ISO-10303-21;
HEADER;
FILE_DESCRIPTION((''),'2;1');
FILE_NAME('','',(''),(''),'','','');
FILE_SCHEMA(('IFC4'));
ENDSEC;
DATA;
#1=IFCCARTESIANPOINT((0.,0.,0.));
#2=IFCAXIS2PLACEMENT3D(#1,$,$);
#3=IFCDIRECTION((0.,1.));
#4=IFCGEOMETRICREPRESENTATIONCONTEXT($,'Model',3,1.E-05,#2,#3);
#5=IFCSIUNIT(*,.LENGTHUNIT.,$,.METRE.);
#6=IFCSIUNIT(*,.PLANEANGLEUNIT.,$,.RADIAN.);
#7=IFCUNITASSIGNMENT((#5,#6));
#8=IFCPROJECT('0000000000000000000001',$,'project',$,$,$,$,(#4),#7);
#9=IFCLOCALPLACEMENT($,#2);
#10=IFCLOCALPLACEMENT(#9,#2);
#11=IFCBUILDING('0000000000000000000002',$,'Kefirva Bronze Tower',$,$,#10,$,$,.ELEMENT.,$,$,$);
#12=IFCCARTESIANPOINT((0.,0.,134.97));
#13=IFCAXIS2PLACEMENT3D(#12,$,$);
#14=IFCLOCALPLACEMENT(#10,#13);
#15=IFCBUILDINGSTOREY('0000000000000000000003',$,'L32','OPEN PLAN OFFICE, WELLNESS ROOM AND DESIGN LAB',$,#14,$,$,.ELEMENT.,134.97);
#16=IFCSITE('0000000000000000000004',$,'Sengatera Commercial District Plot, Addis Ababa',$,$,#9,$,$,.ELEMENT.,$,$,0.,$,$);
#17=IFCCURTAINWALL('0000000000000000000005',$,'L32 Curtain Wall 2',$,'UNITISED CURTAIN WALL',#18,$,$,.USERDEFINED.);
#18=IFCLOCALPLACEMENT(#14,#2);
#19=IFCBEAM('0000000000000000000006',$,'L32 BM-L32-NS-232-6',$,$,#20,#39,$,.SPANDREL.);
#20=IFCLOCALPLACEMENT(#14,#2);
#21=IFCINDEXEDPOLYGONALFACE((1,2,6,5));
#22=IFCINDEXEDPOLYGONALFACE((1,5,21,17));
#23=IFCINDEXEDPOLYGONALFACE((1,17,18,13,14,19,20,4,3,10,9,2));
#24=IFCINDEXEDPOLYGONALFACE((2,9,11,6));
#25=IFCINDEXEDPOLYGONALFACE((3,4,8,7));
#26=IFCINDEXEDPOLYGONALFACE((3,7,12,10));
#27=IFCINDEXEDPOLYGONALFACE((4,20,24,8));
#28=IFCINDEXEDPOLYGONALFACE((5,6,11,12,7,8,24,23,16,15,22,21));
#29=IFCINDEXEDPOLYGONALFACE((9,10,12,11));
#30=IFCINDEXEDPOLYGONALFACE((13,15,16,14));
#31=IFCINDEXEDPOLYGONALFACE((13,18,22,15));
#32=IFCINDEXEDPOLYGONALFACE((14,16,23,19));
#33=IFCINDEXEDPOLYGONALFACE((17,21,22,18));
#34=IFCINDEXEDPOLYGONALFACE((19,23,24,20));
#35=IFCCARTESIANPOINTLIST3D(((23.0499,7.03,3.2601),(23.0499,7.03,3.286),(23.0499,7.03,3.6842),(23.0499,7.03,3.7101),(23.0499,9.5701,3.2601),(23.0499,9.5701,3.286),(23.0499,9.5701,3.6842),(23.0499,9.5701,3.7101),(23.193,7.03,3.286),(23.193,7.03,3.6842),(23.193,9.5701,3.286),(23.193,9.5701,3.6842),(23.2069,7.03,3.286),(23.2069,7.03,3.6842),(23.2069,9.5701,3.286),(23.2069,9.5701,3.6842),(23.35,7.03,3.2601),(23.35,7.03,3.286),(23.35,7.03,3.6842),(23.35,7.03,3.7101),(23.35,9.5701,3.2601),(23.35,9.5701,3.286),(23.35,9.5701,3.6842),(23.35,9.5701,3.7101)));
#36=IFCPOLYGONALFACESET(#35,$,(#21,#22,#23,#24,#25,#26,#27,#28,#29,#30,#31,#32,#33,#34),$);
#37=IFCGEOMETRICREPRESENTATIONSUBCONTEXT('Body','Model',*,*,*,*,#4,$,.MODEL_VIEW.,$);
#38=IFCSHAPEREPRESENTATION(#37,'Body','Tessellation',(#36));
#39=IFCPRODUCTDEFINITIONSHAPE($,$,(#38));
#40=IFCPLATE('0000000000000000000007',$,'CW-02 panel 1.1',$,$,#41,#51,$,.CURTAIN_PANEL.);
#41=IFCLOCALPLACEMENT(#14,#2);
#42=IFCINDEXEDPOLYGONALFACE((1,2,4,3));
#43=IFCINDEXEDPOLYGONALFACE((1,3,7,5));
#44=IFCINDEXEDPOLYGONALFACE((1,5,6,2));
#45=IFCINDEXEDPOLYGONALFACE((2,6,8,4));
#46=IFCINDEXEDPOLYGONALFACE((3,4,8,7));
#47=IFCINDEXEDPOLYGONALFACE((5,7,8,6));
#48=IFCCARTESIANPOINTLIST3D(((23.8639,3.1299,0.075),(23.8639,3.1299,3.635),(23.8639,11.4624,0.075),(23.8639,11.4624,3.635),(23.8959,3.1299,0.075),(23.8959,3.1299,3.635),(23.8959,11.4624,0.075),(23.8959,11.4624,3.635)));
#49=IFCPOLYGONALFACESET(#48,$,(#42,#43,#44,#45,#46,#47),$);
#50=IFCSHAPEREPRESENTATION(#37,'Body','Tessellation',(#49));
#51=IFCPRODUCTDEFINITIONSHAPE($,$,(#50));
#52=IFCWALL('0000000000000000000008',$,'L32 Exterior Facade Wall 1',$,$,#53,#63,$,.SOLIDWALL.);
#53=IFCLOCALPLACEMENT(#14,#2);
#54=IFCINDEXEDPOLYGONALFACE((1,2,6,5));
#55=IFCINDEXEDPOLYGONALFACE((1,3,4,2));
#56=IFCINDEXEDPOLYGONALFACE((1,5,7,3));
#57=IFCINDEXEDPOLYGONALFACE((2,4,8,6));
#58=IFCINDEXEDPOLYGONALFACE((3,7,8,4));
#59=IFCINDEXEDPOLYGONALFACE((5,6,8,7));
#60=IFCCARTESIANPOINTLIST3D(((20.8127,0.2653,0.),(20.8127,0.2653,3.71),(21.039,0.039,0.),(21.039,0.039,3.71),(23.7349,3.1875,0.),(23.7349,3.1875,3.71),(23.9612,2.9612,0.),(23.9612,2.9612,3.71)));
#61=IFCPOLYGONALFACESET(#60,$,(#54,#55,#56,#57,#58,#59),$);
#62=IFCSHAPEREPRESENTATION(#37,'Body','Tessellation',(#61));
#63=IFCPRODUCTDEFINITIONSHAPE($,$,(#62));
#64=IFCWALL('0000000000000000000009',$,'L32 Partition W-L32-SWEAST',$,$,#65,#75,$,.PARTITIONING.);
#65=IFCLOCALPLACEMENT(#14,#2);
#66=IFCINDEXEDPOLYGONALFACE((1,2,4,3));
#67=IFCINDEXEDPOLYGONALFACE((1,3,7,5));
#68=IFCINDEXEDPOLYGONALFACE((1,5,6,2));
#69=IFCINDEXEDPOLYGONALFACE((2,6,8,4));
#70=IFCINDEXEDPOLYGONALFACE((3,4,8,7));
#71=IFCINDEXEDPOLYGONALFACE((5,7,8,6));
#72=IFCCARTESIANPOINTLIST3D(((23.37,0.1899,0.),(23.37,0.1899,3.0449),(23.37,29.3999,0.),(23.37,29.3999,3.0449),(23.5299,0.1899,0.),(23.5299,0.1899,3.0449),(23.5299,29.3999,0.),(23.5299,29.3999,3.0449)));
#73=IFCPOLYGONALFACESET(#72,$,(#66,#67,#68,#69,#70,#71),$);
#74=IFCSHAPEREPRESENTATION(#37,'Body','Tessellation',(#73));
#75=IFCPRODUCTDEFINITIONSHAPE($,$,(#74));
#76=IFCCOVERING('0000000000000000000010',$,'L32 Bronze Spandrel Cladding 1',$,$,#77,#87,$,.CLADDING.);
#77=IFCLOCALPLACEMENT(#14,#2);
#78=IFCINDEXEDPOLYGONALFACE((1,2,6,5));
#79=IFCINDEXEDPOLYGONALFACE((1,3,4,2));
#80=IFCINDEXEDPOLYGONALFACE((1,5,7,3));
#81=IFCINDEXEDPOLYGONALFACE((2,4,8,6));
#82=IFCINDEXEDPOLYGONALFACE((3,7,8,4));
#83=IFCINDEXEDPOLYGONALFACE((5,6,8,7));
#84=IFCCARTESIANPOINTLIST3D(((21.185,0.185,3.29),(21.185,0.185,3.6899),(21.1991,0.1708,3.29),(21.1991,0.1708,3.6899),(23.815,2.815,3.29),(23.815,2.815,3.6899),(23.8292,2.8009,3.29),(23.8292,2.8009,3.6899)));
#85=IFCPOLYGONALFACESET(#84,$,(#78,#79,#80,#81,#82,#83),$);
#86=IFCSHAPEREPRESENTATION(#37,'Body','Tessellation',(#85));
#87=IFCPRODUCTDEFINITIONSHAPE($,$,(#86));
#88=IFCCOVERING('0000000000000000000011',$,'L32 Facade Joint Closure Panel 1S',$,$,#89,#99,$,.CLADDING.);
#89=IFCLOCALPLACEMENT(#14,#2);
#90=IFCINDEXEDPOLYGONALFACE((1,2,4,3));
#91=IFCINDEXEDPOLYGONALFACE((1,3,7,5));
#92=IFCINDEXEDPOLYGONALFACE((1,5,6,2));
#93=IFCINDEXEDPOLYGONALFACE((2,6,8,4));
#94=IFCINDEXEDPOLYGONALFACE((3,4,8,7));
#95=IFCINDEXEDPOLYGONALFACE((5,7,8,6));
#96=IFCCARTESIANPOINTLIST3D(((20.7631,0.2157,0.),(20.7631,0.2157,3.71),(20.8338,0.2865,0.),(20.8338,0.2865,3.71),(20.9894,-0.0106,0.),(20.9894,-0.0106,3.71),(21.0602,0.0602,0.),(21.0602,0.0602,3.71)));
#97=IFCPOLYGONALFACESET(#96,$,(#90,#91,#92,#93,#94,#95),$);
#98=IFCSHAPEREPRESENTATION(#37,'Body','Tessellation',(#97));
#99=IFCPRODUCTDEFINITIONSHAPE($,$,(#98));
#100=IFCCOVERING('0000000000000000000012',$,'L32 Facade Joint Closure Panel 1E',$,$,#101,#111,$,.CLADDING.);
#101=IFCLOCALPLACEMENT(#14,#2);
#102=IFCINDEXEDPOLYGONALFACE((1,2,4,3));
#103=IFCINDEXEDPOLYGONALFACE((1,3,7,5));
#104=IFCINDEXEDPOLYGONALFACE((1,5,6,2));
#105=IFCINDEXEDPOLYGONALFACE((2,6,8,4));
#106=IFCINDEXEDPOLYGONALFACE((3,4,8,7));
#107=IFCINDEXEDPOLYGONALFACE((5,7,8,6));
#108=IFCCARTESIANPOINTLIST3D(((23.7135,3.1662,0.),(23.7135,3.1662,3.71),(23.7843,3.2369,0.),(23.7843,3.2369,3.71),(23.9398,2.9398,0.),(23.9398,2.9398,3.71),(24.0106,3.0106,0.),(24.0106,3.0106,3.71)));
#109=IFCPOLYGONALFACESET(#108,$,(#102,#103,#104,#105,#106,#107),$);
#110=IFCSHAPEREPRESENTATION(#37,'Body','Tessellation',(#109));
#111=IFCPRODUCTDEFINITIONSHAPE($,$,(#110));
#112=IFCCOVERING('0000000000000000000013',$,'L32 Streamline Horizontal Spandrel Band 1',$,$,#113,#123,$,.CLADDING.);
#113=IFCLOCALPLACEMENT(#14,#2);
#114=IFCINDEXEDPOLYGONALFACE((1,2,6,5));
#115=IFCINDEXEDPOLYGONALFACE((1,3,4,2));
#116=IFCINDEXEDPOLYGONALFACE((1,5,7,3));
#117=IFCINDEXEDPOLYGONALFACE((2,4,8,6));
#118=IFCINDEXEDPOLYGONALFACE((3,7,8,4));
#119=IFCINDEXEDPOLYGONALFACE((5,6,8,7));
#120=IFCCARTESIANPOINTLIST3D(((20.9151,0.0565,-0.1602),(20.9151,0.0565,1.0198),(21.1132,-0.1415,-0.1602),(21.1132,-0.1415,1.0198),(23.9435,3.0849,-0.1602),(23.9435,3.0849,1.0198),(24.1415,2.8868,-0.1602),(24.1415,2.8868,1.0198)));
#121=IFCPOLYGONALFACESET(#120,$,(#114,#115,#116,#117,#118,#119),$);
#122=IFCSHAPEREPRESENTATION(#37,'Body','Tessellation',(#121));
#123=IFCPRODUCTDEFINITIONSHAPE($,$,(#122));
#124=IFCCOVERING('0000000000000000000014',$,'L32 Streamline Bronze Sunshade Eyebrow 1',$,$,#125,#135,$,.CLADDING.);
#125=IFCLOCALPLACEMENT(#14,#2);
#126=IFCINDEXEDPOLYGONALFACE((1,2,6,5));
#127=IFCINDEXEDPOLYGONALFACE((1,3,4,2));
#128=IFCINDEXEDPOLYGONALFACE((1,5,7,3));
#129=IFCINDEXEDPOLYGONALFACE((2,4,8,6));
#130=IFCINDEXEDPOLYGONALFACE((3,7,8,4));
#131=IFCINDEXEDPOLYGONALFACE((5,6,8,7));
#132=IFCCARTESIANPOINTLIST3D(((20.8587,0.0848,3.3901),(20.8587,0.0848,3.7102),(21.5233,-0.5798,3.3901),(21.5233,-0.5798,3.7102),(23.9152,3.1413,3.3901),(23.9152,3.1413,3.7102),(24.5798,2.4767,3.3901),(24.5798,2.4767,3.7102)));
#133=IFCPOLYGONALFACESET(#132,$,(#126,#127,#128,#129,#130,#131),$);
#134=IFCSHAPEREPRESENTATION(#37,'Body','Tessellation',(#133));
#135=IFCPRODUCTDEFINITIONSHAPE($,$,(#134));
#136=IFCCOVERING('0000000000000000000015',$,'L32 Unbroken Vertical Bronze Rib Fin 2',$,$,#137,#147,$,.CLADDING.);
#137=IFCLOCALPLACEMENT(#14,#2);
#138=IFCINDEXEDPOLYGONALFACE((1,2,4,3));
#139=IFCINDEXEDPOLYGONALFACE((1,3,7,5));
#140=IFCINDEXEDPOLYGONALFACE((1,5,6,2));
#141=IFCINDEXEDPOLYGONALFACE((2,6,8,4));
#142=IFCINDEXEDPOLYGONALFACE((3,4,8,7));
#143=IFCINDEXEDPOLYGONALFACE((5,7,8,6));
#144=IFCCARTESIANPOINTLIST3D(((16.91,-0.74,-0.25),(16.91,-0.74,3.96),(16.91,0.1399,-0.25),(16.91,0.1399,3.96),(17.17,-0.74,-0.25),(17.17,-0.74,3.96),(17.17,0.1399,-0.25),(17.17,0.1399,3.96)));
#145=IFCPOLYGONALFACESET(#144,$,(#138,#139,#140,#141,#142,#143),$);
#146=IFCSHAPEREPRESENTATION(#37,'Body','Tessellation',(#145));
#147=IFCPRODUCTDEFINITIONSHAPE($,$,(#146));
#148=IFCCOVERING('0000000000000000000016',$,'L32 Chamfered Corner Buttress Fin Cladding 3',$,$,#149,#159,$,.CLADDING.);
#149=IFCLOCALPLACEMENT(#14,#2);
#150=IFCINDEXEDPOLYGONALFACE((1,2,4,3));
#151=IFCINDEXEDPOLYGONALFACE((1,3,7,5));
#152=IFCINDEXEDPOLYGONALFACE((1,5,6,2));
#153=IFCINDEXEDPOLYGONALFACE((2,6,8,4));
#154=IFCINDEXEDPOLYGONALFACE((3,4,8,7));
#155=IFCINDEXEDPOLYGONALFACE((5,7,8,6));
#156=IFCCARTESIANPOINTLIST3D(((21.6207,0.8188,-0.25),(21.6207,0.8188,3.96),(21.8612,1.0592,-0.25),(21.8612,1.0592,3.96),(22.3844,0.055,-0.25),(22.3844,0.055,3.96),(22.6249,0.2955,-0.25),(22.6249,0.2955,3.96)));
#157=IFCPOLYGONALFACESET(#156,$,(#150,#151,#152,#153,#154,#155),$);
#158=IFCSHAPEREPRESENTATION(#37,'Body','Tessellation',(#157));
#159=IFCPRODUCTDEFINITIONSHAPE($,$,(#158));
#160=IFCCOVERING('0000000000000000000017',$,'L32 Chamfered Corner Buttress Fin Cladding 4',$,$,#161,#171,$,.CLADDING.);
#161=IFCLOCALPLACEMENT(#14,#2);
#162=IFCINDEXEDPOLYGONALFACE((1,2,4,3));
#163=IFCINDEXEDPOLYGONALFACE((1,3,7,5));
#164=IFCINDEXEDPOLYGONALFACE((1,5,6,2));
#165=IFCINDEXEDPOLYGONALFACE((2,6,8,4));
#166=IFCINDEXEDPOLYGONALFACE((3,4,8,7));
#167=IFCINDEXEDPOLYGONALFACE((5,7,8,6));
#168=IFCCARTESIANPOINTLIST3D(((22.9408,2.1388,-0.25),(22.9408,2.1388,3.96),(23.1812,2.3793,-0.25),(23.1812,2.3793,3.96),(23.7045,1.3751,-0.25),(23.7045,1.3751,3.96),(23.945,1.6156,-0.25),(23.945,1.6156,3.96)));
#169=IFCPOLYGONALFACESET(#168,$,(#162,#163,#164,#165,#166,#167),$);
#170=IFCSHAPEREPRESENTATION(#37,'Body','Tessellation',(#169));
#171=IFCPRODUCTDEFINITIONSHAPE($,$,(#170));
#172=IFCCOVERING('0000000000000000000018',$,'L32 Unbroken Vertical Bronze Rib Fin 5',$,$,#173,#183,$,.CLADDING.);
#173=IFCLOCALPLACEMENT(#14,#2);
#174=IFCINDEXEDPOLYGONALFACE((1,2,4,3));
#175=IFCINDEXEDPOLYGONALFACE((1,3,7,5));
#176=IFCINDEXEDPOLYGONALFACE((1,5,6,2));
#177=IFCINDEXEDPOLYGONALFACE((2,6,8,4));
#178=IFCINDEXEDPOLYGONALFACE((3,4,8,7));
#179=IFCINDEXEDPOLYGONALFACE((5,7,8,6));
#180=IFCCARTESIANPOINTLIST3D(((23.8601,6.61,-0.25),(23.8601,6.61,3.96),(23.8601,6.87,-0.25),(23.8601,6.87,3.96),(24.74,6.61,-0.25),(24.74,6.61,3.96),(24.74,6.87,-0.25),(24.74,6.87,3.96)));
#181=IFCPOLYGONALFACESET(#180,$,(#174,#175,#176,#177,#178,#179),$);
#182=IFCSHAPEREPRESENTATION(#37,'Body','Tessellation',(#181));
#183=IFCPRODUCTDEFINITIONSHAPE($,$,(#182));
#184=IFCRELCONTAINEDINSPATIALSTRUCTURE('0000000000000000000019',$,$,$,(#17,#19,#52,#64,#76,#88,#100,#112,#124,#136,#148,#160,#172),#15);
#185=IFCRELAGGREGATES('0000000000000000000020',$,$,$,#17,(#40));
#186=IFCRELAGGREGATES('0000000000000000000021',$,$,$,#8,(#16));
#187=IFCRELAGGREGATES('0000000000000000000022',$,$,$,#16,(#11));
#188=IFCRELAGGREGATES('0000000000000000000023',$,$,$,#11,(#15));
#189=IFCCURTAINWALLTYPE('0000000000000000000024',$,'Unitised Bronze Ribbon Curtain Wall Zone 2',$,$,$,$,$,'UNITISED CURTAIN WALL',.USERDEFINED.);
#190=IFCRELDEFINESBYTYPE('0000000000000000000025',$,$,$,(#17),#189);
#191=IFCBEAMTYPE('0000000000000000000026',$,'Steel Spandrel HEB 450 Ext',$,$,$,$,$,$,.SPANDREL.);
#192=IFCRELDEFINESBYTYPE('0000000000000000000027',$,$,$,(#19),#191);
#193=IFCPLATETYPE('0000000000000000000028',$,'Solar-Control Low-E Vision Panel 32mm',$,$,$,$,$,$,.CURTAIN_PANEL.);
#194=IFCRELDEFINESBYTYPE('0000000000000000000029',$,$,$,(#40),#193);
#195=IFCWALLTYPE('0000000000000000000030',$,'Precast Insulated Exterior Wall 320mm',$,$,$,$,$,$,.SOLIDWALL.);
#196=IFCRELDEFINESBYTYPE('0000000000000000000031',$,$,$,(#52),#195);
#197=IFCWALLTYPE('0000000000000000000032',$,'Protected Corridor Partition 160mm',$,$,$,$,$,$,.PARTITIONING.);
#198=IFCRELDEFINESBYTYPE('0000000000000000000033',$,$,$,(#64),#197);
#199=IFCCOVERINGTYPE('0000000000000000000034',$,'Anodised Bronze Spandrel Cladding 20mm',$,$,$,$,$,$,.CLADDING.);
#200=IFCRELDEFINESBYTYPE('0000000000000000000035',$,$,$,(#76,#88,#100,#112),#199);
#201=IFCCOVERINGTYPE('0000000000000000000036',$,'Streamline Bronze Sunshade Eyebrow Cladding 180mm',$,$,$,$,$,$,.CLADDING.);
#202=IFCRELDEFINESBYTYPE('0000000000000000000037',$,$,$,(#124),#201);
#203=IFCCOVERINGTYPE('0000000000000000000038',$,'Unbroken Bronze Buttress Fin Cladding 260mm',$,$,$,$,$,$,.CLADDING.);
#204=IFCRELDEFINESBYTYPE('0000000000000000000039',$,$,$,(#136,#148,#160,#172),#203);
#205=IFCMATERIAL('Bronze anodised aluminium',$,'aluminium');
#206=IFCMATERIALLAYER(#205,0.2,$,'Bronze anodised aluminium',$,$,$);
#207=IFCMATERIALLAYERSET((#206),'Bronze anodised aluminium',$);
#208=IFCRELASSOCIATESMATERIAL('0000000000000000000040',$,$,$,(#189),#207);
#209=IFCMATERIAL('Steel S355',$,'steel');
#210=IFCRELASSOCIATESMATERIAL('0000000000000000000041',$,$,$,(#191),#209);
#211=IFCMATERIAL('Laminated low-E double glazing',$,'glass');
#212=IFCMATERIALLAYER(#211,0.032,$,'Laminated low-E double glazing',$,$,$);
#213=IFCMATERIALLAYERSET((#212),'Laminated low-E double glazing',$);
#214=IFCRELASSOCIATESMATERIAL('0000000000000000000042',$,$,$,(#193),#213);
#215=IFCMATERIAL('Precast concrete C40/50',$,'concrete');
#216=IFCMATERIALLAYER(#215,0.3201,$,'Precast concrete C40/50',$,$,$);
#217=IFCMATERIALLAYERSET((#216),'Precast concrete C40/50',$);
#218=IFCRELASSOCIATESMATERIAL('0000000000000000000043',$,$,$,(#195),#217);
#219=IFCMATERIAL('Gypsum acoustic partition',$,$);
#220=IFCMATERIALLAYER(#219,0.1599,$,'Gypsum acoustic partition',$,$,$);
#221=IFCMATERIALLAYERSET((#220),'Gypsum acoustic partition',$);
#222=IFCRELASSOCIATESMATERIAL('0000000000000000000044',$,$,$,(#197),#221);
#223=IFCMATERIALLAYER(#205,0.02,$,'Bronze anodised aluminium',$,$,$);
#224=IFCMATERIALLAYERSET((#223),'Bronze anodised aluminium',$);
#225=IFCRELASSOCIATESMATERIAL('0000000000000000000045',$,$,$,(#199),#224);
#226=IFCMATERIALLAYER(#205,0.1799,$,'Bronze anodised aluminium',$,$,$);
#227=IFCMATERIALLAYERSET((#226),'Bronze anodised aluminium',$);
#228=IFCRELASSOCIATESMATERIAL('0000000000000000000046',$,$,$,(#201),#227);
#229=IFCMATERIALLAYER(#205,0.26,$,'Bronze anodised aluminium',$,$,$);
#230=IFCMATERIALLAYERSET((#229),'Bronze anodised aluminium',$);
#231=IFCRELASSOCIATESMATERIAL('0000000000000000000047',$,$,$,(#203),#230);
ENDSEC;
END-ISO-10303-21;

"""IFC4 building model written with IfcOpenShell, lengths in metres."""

from ifc_helpers import new_model, si_unit, direction, frame, frame_2d, origin, origin_2d, place, context, subcontext, project, spatial, rectangle, i_section, extrude, material, layer, layer_set, material_profile, profile_set, type_object, element, aggregate, save


model = new_model("IFC4")

# Units and contexts
model_context = context("Model", 3, precision=1e-05, world=origin(), true_north=direction((0.0, 1.0)))
body_context = subcontext(model_context, "Body", "Model", "MODEL_VIEW")
ifc_project = project(units=[si_unit("LENGTHUNIT", "METRE"), si_unit("PLANEANGLEUNIT", "RADIAN")], contexts=[model_context])

# Site, building, storey
site_placement = place(None, origin())
site = spatial("IfcSite", under=ifc_project, at=site_placement, Name="Sengatera Commercial District Plot, Addis Ababa", CompositionType="ELEMENT", RefElevation=0.0)
building_placement = place(site_placement, origin())
building = spatial("IfcBuilding", under=site, at=building_placement, Name="Kefirva Bronze Tower", CompositionType="ELEMENT")
storey_placement = place(building_placement, frame((0.0, 0.0, 134.97)))
storey = spatial("IfcBuildingStorey", under=building, at=storey_placement, Name="L32", Description="OPEN PLAN OFFICE, WELLNESS ROOM AND DESIGN LAB", CompositionType="ELEMENT", Elevation=134.97)

# Shared definitions
ifc_material_1 = material(Name="Bronze anodised aluminium", Category="aluminium")
ifc_layer_1 = layer(ifc_material_1, 0.2, Name="Bronze anodised aluminium")
ifc_layer_set_1 = layer_set([ifc_layer_1], Name="Bronze anodised aluminium")
curtain_wall_type = type_object("IfcCurtainWallType", Name="Unitised Bronze Ribbon Curtain Wall Zone 2", ElementType="UNITISED CURTAIN WALL", PredefinedType="USERDEFINED", material=ifc_layer_set_1)

# Curtain wall
curtain_wall_1_placement = place(storey_placement, origin())
curtain_wall_1 = element("IfcCurtainWall", 1, at=curtain_wall_1_placement, inside=storey, type_object=curtain_wall_type, Name="L32 Curtain Wall 2", ObjectType="UNITISED CURTAIN WALL", PredefinedType="USERDEFINED")

# Beam
ifc_material_2 = material(Name="Steel S355", Category="steel")
ifc_material_profile_1 = material_profile(ifc_material_2, i_section(OverallWidth=0.3, OverallDepth=0.45, WebThickness=0.0139, FlangeThickness=0.0259, at=origin_2d()), Name="HEB 450")
ifc_profile_set_1 = profile_set([ifc_material_profile_1], Name="Steel S355")
beam_type_1 = type_object("IfcBeamType", Name="Steel Spandrel HEB 450 Ext", PredefinedType="SPANDREL", material=ifc_profile_set_1)
beam_1_placement = place(storey_placement, frame((23.2, 7.03, 3.4851), z_axis=(0.0, 1.0, 0.0), x_axis=(-1.0, 0.0, 0.0)))
element("IfcBeam", 2, at=beam_1_placement, inside=storey, type_object=beam_type_1, Name="L32 BM-L32-NS-232-6", PredefinedType="SPANDREL", context=body_context, shape_type="SweptSolid", body=[
    extrude(i_section(OverallWidth=0.3, OverallDepth=0.45, WebThickness=0.0139, FlangeThickness=0.0259, at=origin_2d()), origin(), (0.0, 0.0, 1.0), 2.54),
])

# Plate
ifc_material_3 = material(Name="Laminated low-E double glazing", Category="glass")
ifc_layer_2 = layer(ifc_material_3, 0.032, Name="Laminated low-E double glazing")
ifc_layer_set_2 = layer_set([ifc_layer_2], Name="Laminated low-E double glazing")
plate_type = type_object("IfcPlateType", Name="Solar-Control Low-E Vision Panel 32mm", PredefinedType="CURTAIN_PANEL", material=ifc_layer_set_2)
plate_placement = place(storey_placement, frame((23.8799, 7.2961, 0.075), z_axis=(0.0, 0.0, 1.0), x_axis=(0.0, 1.0, 0.0)))
plate = element("IfcPlate", 3, at=plate_placement, type_object=plate_type, Name="CW-02 panel 1.1", PredefinedType="CURTAIN_PANEL", context=body_context, shape_type="SweptSolid", body=[
    extrude(rectangle(XDim=8.3325, YDim=0.032, at=origin_2d()), origin(), (0.0, 0.0, 1.0), 3.5601),
])
aggregate(curtain_wall_1, [plate])

# Walls
ifc_material_4 = material(Name="Precast concrete C40/50", Category="concrete")
ifc_layer_3 = layer(ifc_material_4, 0.3201, Name="Precast concrete C40/50")
ifc_layer_set_3 = layer_set([ifc_layer_3], Name="Precast concrete C40/50")
wall_type_1 = type_object("IfcWallType", Name="Precast Insulated Exterior Wall 320mm", PredefinedType="SOLIDWALL", material=ifc_layer_set_3)
wall_1_placement = place(storey_placement, frame((20.9258, 0.1521, 0.0), z_axis=(0.0, 0.0, 1.0), x_axis=(0.707107, 0.707107, 0.0)))
element("IfcWall", 4, at=wall_1_placement, inside=storey, type_object=wall_type_1, Name="L32 Exterior Facade Wall 1", PredefinedType="SOLIDWALL", context=body_context, shape_type="SweptSolid", body=[
    extrude(rectangle(XDim=4.1326, YDim=0.3201, at=frame_2d((2.0664, 0.0))), origin(), (0.0, 0.0, 1.0), 3.71),
])
ifc_material_5 = material(Name="Gypsum acoustic partition")
ifc_layer_4 = layer(ifc_material_5, 0.1599, Name="Gypsum acoustic partition")
ifc_layer_set_4 = layer_set([ifc_layer_4], Name="Gypsum acoustic partition")
wall_type_2 = type_object("IfcWallType", Name="Protected Corridor Partition 160mm", PredefinedType="PARTITIONING", material=ifc_layer_set_4)
wall_2_placement = place(storey_placement, frame((23.45, 0.1899, 0.0), z_axis=(0.0, 0.0, 1.0), x_axis=(0.0, 1.0, 0.0)))
element("IfcWall", 5, at=wall_2_placement, inside=storey, type_object=wall_type_2, Name="L32 Partition W-L32-SWEAST", PredefinedType="PARTITIONING", context=body_context, shape_type="SweptSolid", body=[
    extrude(rectangle(XDim=29.21, YDim=0.1599, at=frame_2d((14.605, 0.0))), origin(), (0.0, 0.0, 1.0), 3.0449),
])

# Coverings
ifc_layer_5 = layer(ifc_material_1, 0.02, Name="Bronze anodised aluminium")
ifc_layer_set_5 = layer_set([ifc_layer_5], Name="Bronze anodised aluminium")
covering_type_1 = type_object("IfcCoveringType", Name="Anodised Bronze Spandrel Cladding 20mm", PredefinedType="CLADDING", material=ifc_layer_set_5)
covering_1_placement = place(storey_placement, frame((22.5071, 1.4929, 3.29), z_axis=(0.0, 0.0, 1.0), x_axis=(0.707107, 0.707107, 0.0)))
element("IfcCovering", 6, at=covering_1_placement, inside=storey, type_object=covering_type_1, Name="L32 Bronze Spandrel Cladding 1", PredefinedType="CLADDING", context=body_context, shape_type="SweptSolid", body=[
    extrude(rectangle(XDim=3.7195, YDim=0.02, at=origin_2d()), origin(), (0.0, 0.0, 1.0), 0.3999),
])
for number, where, z_axis, x_axis, name in (
    (7, (20.9116, 0.1379, 0.0), (0.0, 0.0, 1.0), (0.707107, 0.707107, 0.0), "L32 Facade Joint Closure Panel 1S"),
    (8, (23.8621, 3.0884, 0.0), (0.0, 0.0, 1.0), (0.707107, 0.707107, 0.0), "L32 Facade Joint Closure Panel 1E"),
):
    element("IfcCovering", number, at=place(storey_placement, frame(where, z_axis=z_axis, x_axis=x_axis)), inside=storey, type_object=covering_type_1, Name=name, PredefinedType="CLADDING", context=body_context, shape_type="SweptSolid", body=[
        extrude(rectangle(XDim=0.1001, YDim=0.3201, at=origin_2d()), origin(), (0.0, 0.0, 1.0), 3.71),
    ])
covering_2_placement = place(storey_placement, frame((22.5283, 1.4717, -0.1602), z_axis=(0.0, 0.0, 1.0), x_axis=(0.707107, 0.707107, 0.0)))
element("IfcCovering", 9, at=covering_2_placement, inside=storey, type_object=covering_type_1, Name="L32 Streamline Horizontal Spandrel Band 1", PredefinedType="CLADDING", context=body_context, shape_type="SweptSolid", body=[
    extrude(rectangle(XDim=4.2827, YDim=0.28, at=origin_2d()), origin(), (0.0, 0.0, 1.0), 1.1799),
])
ifc_layer_6 = layer(ifc_material_1, 0.1799, Name="Bronze anodised aluminium")
ifc_layer_set_6 = layer_set([ifc_layer_6], Name="Bronze anodised aluminium")
covering_type_2 = type_object("IfcCoveringType", Name="Streamline Bronze Sunshade Eyebrow Cladding 180mm", PredefinedType="CLADDING", material=ifc_layer_set_6)
covering_3_placement = place(storey_placement, frame((22.7192, 1.2808, 3.3901), z_axis=(0.0, 0.0, 1.0), x_axis=(0.707107, 0.707107, 0.0)))
element("IfcCovering", 10, at=covering_3_placement, inside=storey, type_object=covering_type_2, Name="L32 Streamline Bronze Sunshade Eyebrow 1", PredefinedType="CLADDING", context=body_context, shape_type="SweptSolid", body=[
    extrude(rectangle(XDim=4.3225, YDim=0.9399, at=origin_2d()), origin(), (0.0, 0.0, 1.0), 0.3201),
])
ifc_layer_7 = layer(ifc_material_1, 0.26, Name="Bronze anodised aluminium")
ifc_layer_set_7 = layer_set([ifc_layer_7], Name="Bronze anodised aluminium")
covering_type_3 = type_object("IfcCoveringType", Name="Unbroken Bronze Buttress Fin Cladding 260mm", PredefinedType="CLADDING", material=ifc_layer_set_7)
covering_4_placement = place(storey_placement, frame((17.04, -0.3, -0.25), z_axis=(0.0, 0.0, 1.0), x_axis=(1.0, 0.0, 0.0)))
element("IfcCovering", 11, at=covering_4_placement, inside=storey, type_object=covering_type_3, Name="L32 Unbroken Vertical Bronze Rib Fin 2", PredefinedType="CLADDING", context=body_context, shape_type="SweptSolid", body=[
    extrude(rectangle(XDim=0.26, YDim=0.8799, at=origin_2d()), origin(), (0.0, 0.0, 1.0), 4.21),
])
for number, where, z_axis, x_axis, name in (
    (12, (22.1228, 0.5571, -0.25), (0.0, 0.0, 1.0), (0.707107, 0.707107, 0.0), "L32 Chamfered Corner Buttress Fin Cladding 3"),
    (13, (23.4429, 1.8772, -0.25), (0.0, 0.0, 1.0), (0.707107, 0.707107, 0.0), "L32 Chamfered Corner Buttress Fin Cladding 4"),
):
    element("IfcCovering", number, at=place(storey_placement, frame(where, z_axis=z_axis, x_axis=x_axis)), inside=storey, type_object=covering_type_3, Name=name, PredefinedType="CLADDING", context=body_context, shape_type="SweptSolid", body=[
        extrude(rectangle(XDim=0.3401, YDim=1.0801, at=origin_2d()), origin(), (0.0, 0.0, 1.0), 4.21),
    ])
covering_5_placement = place(storey_placement, frame((24.3, 6.74, -0.25), z_axis=(0.0, 0.0, 1.0), x_axis=(0.0, 1.0, 0.0)))
element("IfcCovering", 14, at=covering_5_placement, inside=storey, type_object=covering_type_3, Name="L32 Unbroken Vertical Bronze Rib Fin 5", PredefinedType="CLADDING", context=body_context, shape_type="SweptSolid", body=[
    extrude(rectangle(XDim=0.26, YDim=0.8799, at=origin_2d()), origin(), (0.0, 0.0, 1.0), 4.21),
])

save(model, "model.ifc")
